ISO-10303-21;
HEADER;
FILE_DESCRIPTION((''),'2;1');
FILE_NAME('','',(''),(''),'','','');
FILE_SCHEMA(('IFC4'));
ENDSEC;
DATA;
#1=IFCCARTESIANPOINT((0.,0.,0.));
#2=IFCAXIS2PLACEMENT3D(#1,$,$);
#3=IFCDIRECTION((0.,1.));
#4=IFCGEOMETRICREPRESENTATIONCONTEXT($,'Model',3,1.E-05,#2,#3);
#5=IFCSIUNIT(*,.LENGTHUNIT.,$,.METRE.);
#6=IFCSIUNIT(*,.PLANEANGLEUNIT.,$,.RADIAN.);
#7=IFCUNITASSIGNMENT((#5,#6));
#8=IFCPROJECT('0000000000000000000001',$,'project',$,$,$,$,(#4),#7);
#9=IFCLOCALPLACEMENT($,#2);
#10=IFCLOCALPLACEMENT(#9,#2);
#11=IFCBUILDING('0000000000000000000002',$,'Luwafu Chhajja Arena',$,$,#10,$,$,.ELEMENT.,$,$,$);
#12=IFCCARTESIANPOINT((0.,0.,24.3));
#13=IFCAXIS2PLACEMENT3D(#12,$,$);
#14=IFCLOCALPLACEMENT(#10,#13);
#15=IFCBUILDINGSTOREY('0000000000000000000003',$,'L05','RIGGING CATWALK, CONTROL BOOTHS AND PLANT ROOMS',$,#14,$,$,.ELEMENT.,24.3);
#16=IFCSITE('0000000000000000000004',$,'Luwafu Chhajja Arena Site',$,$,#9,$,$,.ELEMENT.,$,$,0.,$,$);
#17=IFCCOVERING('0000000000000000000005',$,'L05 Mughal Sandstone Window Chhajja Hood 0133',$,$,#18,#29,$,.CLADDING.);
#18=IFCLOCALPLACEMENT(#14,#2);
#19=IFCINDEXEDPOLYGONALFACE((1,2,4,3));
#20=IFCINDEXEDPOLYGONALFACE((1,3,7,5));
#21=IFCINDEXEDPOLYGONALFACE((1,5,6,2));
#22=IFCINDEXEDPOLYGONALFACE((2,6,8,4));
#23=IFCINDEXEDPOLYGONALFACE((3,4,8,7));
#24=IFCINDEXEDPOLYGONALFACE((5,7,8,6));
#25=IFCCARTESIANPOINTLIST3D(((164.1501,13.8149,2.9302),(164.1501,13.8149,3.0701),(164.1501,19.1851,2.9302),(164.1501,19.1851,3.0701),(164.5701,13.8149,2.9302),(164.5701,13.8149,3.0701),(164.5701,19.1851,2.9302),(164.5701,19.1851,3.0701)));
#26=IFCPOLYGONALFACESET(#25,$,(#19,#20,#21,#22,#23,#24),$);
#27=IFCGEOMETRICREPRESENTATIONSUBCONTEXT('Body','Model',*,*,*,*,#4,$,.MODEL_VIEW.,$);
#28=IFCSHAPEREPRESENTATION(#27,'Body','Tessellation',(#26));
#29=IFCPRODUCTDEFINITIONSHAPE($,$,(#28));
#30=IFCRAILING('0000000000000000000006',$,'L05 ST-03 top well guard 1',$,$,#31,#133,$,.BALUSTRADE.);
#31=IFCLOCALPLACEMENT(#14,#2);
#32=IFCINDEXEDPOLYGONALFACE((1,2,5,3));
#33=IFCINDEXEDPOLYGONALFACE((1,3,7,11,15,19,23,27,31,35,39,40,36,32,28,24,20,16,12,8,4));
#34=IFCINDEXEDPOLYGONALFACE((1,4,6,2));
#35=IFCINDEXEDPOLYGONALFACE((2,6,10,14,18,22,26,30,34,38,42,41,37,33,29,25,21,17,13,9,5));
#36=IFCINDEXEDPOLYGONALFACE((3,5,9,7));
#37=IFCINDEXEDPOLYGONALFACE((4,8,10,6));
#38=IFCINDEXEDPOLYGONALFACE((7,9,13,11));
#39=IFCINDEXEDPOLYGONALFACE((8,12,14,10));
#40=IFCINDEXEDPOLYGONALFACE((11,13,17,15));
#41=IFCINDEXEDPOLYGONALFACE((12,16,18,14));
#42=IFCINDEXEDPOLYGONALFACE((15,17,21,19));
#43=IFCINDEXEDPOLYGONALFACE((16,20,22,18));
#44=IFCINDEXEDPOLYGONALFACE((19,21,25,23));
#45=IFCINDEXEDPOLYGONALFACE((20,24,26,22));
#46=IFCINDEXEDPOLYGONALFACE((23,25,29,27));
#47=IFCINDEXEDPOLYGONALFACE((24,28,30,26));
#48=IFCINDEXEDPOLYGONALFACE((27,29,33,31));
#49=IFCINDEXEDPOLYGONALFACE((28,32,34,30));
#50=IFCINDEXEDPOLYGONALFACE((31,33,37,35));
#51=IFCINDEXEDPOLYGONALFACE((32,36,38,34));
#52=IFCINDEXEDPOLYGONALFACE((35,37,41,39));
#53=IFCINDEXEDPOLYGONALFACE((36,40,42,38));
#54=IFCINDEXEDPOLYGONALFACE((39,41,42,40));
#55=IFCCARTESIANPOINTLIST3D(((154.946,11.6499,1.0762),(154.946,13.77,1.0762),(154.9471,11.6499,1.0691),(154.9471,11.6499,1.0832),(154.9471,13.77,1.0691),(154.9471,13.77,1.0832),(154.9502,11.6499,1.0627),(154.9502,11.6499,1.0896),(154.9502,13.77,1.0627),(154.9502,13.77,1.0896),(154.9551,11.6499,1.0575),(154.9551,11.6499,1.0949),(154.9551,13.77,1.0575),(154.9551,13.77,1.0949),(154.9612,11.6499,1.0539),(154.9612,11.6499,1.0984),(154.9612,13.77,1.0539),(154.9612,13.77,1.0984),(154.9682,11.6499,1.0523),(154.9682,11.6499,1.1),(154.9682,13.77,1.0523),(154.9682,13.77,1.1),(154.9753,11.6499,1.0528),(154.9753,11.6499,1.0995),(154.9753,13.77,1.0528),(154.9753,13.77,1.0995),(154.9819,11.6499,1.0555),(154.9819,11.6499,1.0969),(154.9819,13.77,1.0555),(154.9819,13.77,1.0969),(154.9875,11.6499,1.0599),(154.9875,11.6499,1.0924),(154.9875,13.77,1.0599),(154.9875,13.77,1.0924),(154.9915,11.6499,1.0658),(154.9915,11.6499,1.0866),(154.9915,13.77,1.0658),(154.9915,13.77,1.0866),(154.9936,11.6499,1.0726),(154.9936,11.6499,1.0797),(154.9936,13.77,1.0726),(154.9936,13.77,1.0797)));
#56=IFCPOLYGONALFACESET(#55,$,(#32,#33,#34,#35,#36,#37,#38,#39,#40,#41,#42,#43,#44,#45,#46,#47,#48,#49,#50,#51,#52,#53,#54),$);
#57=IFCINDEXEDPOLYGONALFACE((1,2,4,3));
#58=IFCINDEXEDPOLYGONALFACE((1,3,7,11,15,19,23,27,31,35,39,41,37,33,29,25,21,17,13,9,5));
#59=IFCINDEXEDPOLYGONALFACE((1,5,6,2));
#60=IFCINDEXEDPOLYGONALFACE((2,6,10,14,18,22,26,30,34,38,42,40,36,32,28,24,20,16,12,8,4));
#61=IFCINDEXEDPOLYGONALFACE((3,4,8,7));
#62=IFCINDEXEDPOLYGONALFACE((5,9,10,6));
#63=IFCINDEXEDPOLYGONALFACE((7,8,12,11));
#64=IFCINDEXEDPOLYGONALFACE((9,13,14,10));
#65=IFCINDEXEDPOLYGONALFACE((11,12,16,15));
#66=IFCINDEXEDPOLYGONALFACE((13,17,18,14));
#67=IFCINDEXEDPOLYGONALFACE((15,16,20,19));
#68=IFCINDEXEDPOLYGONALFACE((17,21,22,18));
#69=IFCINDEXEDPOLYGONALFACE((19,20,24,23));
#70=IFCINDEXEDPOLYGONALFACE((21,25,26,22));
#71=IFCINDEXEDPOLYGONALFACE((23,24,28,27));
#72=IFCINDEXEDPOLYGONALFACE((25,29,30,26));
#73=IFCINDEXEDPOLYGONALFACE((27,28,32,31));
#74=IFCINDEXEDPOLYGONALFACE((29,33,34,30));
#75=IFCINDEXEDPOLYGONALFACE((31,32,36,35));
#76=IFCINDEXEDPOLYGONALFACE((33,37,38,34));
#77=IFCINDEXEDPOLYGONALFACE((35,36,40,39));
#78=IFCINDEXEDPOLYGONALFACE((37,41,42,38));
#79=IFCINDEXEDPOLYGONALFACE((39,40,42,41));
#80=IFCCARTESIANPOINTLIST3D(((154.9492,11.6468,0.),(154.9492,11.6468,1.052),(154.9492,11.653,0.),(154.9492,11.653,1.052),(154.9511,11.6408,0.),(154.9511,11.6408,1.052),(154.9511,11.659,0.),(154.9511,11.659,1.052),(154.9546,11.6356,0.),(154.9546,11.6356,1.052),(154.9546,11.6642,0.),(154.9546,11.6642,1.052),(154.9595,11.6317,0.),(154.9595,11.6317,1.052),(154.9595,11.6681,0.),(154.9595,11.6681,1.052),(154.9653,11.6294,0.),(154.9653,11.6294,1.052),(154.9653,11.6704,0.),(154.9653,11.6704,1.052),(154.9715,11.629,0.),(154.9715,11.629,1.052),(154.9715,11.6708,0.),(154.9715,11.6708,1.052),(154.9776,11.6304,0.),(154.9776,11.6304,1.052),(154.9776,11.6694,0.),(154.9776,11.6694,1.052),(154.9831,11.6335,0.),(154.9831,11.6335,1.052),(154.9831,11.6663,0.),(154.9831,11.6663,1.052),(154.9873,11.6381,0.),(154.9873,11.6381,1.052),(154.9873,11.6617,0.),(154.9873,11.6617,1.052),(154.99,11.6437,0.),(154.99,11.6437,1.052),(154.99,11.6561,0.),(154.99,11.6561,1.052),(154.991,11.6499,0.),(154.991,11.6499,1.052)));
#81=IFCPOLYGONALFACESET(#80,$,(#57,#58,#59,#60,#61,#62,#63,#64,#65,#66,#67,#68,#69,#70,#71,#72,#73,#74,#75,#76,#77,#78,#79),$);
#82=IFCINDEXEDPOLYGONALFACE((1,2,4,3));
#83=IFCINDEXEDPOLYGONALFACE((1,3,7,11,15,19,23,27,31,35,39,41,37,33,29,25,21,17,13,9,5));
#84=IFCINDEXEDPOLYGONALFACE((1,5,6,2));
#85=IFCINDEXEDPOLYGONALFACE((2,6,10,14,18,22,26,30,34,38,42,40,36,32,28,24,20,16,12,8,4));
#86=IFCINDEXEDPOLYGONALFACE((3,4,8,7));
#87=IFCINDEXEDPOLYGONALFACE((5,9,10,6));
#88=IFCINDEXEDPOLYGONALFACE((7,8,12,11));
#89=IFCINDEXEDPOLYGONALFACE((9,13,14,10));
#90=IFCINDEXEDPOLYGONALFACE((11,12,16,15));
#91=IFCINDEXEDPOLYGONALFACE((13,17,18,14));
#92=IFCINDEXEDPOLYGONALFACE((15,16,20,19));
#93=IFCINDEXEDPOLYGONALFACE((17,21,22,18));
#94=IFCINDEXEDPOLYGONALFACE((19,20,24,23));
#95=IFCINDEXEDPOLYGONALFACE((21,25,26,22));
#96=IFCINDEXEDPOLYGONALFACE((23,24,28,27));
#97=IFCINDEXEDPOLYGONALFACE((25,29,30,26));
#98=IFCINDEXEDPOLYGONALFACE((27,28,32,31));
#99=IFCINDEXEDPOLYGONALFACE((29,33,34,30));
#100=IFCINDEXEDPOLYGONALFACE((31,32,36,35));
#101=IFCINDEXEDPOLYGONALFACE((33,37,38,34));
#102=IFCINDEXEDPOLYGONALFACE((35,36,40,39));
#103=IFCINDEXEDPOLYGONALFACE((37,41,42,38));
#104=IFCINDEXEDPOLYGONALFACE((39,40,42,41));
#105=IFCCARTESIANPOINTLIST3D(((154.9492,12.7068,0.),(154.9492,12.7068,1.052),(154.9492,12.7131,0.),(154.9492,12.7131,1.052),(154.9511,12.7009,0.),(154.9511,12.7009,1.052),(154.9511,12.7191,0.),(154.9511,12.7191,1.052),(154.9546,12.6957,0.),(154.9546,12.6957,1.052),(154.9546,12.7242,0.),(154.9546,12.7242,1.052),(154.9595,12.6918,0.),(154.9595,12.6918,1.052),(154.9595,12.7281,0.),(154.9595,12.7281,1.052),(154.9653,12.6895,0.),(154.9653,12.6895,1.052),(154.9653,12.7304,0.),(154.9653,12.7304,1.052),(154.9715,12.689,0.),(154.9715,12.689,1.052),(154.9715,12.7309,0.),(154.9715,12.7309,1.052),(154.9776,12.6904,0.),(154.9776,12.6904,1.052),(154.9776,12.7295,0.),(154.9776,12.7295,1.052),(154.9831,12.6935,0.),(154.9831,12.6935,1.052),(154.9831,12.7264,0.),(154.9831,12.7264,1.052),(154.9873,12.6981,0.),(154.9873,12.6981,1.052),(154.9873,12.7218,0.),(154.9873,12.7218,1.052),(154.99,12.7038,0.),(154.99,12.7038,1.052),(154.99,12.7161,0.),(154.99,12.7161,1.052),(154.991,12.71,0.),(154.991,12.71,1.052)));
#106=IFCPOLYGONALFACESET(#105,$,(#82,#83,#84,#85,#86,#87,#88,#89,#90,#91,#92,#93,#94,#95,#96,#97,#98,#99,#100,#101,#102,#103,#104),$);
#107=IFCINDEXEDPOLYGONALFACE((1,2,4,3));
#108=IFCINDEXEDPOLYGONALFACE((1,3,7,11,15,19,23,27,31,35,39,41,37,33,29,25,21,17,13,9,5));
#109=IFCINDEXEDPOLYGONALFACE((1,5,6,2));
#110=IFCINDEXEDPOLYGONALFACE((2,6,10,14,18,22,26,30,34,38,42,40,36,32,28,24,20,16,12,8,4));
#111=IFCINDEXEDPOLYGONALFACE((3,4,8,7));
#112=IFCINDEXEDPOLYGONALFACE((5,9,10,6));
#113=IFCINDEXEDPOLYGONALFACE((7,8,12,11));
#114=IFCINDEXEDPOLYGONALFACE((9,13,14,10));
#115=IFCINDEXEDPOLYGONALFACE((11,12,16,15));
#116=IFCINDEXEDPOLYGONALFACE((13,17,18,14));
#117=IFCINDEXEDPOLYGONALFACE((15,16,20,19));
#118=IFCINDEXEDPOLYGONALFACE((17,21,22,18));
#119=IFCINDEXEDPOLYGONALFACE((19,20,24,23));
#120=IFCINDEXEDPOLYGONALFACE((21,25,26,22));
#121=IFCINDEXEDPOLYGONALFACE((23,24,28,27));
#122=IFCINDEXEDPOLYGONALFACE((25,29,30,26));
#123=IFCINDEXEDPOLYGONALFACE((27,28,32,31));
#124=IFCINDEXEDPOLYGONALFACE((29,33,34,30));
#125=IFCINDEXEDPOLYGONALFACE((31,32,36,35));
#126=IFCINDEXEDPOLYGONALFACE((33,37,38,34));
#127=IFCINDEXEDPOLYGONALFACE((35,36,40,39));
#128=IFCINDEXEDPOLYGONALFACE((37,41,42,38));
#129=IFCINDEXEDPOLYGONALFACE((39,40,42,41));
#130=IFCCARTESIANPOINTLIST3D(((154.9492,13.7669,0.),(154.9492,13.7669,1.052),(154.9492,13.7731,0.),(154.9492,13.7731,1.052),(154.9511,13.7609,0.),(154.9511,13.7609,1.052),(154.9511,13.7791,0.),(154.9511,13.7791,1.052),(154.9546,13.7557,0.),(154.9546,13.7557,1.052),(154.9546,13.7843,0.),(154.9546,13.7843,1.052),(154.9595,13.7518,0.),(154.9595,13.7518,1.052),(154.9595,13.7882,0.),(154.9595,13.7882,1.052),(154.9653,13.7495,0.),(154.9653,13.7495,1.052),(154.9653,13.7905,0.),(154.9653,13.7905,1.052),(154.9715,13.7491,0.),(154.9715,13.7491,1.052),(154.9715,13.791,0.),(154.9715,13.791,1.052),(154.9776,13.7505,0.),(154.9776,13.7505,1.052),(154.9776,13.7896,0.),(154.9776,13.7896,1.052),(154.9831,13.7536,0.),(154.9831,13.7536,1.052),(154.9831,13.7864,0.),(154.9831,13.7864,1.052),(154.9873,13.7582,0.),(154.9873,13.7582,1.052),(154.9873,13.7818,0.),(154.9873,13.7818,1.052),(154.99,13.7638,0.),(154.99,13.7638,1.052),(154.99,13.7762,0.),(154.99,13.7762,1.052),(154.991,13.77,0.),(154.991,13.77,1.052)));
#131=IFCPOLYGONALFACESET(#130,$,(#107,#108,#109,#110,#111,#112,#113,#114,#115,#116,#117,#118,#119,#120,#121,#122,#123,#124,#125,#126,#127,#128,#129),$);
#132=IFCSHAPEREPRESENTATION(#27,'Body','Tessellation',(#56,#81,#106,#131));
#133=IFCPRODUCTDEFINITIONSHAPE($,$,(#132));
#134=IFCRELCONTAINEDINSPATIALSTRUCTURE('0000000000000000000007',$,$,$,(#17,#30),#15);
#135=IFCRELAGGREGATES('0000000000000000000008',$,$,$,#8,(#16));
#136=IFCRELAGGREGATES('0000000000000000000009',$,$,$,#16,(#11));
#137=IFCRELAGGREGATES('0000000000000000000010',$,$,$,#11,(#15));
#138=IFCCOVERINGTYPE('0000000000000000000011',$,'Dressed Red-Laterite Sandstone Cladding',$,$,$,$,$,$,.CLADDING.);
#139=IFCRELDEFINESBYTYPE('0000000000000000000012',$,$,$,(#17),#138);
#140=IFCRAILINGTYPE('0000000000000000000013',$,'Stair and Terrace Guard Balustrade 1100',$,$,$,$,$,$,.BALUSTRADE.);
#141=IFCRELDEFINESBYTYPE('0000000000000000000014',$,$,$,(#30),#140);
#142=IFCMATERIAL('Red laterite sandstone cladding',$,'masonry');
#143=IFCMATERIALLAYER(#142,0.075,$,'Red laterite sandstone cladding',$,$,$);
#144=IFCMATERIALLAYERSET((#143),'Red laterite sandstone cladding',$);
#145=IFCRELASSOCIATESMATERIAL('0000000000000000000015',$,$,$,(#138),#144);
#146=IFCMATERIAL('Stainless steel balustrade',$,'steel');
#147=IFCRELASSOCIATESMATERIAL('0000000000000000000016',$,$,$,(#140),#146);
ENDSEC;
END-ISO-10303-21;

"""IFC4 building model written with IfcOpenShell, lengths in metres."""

from ifc_helpers import new_model, si_unit, direction, frame, origin, origin_2d, place, context, subcontext, project, spatial, rectangle, circle, extrude, material, layer, layer_set, type_object, element, save


model = new_model("IFC4")

# Units and contexts
model_context = context("Model", 3, precision=1e-05, world=origin(), true_north=direction((0.0, 1.0)))
body_context = subcontext(model_context, "Body", "Model", "MODEL_VIEW")
ifc_project = project(units=[si_unit("LENGTHUNIT", "METRE"), si_unit("PLANEANGLEUNIT", "RADIAN")], contexts=[model_context])

# Site, building, storey
site_placement = place(None, origin())
site = spatial("IfcSite", under=ifc_project, at=site_placement, Name="Luwafu Chhajja Arena Site", CompositionType="ELEMENT", RefElevation=0.0)
building_placement = place(site_placement, origin())
building = spatial("IfcBuilding", under=site, at=building_placement, Name="Luwafu Chhajja Arena", CompositionType="ELEMENT")
storey_placement = place(building_placement, frame((0.0, 0.0, 24.3)))
storey = spatial("IfcBuildingStorey", under=building, at=storey_placement, Name="L05", Description="RIGGING CATWALK, CONTROL BOOTHS AND PLANT ROOMS", CompositionType="ELEMENT", Elevation=24.3)

# Covering
ifc_material_1 = material(Name="Red laterite sandstone cladding", Category="masonry")
ifc_layer_1 = layer(ifc_material_1, 0.075, Name="Red laterite sandstone cladding")
ifc_layer_set_1 = layer_set([ifc_layer_1], Name="Red laterite sandstone cladding")
covering_type = type_object("IfcCoveringType", Name="Dressed Red-Laterite Sandstone Cladding", PredefinedType="CLADDING", material=ifc_layer_set_1)
covering_1_placement = place(storey_placement, frame((164.3601, 16.5, 2.9302), z_axis=(0.0, 0.0, 1.0), x_axis=(0.0, 1.0, 0.0)))
element("IfcCovering", 1, at=covering_1_placement, inside=storey, type_object=covering_type, Name="L05 Mughal Sandstone Window Chhajja Hood 0133", PredefinedType="CLADDING", context=body_context, shape_type="SweptSolid", body=[
    extrude(rectangle(XDim=5.3701, YDim=0.4199, at=origin_2d()), origin(), (0.0, 0.0, 1.0), 0.1399),
])

# Railing
ifc_material_2 = material(Name="Stainless steel balustrade", Category="steel")
railing_type = type_object("IfcRailingType", Name="Stair and Terrace Guard Balustrade 1100", PredefinedType="BALUSTRADE", material=ifc_material_2)
railing_1_placement = place(storey_placement, frame((154.97, 11.6499, 0.0)))
element("IfcRailing", 2, at=railing_1_placement, inside=storey, type_object=railing_type, Name="L05 ST-03 top well guard 1", PredefinedType="BALUSTRADE", context=body_context, shape_type="SweptSolid", body=[
    extrude(circle(Radius=0.0239, at=origin_2d()), frame((0.0, 0.0, 1.0762), z_axis=(0.0, 1.0, 0.0), x_axis=(-1.0, 0.0, 0.0)), (0.0, 0.0, 1.0), 2.1201),
    extrude(circle(Radius=0.021, at=origin_2d()), origin(), (0.0, 0.0, 1.0), 1.052),
    extrude(circle(Radius=0.021, at=origin_2d()), frame((0.0, 1.0601, 0.0)), (0.0, 0.0, 1.0), 1.052),
    extrude(circle(Radius=0.021, at=origin_2d()), frame((0.0, 2.1201, 0.0)), (0.0, 0.0, 1.0), 1.052),
])

save(model, "model.ifc")
